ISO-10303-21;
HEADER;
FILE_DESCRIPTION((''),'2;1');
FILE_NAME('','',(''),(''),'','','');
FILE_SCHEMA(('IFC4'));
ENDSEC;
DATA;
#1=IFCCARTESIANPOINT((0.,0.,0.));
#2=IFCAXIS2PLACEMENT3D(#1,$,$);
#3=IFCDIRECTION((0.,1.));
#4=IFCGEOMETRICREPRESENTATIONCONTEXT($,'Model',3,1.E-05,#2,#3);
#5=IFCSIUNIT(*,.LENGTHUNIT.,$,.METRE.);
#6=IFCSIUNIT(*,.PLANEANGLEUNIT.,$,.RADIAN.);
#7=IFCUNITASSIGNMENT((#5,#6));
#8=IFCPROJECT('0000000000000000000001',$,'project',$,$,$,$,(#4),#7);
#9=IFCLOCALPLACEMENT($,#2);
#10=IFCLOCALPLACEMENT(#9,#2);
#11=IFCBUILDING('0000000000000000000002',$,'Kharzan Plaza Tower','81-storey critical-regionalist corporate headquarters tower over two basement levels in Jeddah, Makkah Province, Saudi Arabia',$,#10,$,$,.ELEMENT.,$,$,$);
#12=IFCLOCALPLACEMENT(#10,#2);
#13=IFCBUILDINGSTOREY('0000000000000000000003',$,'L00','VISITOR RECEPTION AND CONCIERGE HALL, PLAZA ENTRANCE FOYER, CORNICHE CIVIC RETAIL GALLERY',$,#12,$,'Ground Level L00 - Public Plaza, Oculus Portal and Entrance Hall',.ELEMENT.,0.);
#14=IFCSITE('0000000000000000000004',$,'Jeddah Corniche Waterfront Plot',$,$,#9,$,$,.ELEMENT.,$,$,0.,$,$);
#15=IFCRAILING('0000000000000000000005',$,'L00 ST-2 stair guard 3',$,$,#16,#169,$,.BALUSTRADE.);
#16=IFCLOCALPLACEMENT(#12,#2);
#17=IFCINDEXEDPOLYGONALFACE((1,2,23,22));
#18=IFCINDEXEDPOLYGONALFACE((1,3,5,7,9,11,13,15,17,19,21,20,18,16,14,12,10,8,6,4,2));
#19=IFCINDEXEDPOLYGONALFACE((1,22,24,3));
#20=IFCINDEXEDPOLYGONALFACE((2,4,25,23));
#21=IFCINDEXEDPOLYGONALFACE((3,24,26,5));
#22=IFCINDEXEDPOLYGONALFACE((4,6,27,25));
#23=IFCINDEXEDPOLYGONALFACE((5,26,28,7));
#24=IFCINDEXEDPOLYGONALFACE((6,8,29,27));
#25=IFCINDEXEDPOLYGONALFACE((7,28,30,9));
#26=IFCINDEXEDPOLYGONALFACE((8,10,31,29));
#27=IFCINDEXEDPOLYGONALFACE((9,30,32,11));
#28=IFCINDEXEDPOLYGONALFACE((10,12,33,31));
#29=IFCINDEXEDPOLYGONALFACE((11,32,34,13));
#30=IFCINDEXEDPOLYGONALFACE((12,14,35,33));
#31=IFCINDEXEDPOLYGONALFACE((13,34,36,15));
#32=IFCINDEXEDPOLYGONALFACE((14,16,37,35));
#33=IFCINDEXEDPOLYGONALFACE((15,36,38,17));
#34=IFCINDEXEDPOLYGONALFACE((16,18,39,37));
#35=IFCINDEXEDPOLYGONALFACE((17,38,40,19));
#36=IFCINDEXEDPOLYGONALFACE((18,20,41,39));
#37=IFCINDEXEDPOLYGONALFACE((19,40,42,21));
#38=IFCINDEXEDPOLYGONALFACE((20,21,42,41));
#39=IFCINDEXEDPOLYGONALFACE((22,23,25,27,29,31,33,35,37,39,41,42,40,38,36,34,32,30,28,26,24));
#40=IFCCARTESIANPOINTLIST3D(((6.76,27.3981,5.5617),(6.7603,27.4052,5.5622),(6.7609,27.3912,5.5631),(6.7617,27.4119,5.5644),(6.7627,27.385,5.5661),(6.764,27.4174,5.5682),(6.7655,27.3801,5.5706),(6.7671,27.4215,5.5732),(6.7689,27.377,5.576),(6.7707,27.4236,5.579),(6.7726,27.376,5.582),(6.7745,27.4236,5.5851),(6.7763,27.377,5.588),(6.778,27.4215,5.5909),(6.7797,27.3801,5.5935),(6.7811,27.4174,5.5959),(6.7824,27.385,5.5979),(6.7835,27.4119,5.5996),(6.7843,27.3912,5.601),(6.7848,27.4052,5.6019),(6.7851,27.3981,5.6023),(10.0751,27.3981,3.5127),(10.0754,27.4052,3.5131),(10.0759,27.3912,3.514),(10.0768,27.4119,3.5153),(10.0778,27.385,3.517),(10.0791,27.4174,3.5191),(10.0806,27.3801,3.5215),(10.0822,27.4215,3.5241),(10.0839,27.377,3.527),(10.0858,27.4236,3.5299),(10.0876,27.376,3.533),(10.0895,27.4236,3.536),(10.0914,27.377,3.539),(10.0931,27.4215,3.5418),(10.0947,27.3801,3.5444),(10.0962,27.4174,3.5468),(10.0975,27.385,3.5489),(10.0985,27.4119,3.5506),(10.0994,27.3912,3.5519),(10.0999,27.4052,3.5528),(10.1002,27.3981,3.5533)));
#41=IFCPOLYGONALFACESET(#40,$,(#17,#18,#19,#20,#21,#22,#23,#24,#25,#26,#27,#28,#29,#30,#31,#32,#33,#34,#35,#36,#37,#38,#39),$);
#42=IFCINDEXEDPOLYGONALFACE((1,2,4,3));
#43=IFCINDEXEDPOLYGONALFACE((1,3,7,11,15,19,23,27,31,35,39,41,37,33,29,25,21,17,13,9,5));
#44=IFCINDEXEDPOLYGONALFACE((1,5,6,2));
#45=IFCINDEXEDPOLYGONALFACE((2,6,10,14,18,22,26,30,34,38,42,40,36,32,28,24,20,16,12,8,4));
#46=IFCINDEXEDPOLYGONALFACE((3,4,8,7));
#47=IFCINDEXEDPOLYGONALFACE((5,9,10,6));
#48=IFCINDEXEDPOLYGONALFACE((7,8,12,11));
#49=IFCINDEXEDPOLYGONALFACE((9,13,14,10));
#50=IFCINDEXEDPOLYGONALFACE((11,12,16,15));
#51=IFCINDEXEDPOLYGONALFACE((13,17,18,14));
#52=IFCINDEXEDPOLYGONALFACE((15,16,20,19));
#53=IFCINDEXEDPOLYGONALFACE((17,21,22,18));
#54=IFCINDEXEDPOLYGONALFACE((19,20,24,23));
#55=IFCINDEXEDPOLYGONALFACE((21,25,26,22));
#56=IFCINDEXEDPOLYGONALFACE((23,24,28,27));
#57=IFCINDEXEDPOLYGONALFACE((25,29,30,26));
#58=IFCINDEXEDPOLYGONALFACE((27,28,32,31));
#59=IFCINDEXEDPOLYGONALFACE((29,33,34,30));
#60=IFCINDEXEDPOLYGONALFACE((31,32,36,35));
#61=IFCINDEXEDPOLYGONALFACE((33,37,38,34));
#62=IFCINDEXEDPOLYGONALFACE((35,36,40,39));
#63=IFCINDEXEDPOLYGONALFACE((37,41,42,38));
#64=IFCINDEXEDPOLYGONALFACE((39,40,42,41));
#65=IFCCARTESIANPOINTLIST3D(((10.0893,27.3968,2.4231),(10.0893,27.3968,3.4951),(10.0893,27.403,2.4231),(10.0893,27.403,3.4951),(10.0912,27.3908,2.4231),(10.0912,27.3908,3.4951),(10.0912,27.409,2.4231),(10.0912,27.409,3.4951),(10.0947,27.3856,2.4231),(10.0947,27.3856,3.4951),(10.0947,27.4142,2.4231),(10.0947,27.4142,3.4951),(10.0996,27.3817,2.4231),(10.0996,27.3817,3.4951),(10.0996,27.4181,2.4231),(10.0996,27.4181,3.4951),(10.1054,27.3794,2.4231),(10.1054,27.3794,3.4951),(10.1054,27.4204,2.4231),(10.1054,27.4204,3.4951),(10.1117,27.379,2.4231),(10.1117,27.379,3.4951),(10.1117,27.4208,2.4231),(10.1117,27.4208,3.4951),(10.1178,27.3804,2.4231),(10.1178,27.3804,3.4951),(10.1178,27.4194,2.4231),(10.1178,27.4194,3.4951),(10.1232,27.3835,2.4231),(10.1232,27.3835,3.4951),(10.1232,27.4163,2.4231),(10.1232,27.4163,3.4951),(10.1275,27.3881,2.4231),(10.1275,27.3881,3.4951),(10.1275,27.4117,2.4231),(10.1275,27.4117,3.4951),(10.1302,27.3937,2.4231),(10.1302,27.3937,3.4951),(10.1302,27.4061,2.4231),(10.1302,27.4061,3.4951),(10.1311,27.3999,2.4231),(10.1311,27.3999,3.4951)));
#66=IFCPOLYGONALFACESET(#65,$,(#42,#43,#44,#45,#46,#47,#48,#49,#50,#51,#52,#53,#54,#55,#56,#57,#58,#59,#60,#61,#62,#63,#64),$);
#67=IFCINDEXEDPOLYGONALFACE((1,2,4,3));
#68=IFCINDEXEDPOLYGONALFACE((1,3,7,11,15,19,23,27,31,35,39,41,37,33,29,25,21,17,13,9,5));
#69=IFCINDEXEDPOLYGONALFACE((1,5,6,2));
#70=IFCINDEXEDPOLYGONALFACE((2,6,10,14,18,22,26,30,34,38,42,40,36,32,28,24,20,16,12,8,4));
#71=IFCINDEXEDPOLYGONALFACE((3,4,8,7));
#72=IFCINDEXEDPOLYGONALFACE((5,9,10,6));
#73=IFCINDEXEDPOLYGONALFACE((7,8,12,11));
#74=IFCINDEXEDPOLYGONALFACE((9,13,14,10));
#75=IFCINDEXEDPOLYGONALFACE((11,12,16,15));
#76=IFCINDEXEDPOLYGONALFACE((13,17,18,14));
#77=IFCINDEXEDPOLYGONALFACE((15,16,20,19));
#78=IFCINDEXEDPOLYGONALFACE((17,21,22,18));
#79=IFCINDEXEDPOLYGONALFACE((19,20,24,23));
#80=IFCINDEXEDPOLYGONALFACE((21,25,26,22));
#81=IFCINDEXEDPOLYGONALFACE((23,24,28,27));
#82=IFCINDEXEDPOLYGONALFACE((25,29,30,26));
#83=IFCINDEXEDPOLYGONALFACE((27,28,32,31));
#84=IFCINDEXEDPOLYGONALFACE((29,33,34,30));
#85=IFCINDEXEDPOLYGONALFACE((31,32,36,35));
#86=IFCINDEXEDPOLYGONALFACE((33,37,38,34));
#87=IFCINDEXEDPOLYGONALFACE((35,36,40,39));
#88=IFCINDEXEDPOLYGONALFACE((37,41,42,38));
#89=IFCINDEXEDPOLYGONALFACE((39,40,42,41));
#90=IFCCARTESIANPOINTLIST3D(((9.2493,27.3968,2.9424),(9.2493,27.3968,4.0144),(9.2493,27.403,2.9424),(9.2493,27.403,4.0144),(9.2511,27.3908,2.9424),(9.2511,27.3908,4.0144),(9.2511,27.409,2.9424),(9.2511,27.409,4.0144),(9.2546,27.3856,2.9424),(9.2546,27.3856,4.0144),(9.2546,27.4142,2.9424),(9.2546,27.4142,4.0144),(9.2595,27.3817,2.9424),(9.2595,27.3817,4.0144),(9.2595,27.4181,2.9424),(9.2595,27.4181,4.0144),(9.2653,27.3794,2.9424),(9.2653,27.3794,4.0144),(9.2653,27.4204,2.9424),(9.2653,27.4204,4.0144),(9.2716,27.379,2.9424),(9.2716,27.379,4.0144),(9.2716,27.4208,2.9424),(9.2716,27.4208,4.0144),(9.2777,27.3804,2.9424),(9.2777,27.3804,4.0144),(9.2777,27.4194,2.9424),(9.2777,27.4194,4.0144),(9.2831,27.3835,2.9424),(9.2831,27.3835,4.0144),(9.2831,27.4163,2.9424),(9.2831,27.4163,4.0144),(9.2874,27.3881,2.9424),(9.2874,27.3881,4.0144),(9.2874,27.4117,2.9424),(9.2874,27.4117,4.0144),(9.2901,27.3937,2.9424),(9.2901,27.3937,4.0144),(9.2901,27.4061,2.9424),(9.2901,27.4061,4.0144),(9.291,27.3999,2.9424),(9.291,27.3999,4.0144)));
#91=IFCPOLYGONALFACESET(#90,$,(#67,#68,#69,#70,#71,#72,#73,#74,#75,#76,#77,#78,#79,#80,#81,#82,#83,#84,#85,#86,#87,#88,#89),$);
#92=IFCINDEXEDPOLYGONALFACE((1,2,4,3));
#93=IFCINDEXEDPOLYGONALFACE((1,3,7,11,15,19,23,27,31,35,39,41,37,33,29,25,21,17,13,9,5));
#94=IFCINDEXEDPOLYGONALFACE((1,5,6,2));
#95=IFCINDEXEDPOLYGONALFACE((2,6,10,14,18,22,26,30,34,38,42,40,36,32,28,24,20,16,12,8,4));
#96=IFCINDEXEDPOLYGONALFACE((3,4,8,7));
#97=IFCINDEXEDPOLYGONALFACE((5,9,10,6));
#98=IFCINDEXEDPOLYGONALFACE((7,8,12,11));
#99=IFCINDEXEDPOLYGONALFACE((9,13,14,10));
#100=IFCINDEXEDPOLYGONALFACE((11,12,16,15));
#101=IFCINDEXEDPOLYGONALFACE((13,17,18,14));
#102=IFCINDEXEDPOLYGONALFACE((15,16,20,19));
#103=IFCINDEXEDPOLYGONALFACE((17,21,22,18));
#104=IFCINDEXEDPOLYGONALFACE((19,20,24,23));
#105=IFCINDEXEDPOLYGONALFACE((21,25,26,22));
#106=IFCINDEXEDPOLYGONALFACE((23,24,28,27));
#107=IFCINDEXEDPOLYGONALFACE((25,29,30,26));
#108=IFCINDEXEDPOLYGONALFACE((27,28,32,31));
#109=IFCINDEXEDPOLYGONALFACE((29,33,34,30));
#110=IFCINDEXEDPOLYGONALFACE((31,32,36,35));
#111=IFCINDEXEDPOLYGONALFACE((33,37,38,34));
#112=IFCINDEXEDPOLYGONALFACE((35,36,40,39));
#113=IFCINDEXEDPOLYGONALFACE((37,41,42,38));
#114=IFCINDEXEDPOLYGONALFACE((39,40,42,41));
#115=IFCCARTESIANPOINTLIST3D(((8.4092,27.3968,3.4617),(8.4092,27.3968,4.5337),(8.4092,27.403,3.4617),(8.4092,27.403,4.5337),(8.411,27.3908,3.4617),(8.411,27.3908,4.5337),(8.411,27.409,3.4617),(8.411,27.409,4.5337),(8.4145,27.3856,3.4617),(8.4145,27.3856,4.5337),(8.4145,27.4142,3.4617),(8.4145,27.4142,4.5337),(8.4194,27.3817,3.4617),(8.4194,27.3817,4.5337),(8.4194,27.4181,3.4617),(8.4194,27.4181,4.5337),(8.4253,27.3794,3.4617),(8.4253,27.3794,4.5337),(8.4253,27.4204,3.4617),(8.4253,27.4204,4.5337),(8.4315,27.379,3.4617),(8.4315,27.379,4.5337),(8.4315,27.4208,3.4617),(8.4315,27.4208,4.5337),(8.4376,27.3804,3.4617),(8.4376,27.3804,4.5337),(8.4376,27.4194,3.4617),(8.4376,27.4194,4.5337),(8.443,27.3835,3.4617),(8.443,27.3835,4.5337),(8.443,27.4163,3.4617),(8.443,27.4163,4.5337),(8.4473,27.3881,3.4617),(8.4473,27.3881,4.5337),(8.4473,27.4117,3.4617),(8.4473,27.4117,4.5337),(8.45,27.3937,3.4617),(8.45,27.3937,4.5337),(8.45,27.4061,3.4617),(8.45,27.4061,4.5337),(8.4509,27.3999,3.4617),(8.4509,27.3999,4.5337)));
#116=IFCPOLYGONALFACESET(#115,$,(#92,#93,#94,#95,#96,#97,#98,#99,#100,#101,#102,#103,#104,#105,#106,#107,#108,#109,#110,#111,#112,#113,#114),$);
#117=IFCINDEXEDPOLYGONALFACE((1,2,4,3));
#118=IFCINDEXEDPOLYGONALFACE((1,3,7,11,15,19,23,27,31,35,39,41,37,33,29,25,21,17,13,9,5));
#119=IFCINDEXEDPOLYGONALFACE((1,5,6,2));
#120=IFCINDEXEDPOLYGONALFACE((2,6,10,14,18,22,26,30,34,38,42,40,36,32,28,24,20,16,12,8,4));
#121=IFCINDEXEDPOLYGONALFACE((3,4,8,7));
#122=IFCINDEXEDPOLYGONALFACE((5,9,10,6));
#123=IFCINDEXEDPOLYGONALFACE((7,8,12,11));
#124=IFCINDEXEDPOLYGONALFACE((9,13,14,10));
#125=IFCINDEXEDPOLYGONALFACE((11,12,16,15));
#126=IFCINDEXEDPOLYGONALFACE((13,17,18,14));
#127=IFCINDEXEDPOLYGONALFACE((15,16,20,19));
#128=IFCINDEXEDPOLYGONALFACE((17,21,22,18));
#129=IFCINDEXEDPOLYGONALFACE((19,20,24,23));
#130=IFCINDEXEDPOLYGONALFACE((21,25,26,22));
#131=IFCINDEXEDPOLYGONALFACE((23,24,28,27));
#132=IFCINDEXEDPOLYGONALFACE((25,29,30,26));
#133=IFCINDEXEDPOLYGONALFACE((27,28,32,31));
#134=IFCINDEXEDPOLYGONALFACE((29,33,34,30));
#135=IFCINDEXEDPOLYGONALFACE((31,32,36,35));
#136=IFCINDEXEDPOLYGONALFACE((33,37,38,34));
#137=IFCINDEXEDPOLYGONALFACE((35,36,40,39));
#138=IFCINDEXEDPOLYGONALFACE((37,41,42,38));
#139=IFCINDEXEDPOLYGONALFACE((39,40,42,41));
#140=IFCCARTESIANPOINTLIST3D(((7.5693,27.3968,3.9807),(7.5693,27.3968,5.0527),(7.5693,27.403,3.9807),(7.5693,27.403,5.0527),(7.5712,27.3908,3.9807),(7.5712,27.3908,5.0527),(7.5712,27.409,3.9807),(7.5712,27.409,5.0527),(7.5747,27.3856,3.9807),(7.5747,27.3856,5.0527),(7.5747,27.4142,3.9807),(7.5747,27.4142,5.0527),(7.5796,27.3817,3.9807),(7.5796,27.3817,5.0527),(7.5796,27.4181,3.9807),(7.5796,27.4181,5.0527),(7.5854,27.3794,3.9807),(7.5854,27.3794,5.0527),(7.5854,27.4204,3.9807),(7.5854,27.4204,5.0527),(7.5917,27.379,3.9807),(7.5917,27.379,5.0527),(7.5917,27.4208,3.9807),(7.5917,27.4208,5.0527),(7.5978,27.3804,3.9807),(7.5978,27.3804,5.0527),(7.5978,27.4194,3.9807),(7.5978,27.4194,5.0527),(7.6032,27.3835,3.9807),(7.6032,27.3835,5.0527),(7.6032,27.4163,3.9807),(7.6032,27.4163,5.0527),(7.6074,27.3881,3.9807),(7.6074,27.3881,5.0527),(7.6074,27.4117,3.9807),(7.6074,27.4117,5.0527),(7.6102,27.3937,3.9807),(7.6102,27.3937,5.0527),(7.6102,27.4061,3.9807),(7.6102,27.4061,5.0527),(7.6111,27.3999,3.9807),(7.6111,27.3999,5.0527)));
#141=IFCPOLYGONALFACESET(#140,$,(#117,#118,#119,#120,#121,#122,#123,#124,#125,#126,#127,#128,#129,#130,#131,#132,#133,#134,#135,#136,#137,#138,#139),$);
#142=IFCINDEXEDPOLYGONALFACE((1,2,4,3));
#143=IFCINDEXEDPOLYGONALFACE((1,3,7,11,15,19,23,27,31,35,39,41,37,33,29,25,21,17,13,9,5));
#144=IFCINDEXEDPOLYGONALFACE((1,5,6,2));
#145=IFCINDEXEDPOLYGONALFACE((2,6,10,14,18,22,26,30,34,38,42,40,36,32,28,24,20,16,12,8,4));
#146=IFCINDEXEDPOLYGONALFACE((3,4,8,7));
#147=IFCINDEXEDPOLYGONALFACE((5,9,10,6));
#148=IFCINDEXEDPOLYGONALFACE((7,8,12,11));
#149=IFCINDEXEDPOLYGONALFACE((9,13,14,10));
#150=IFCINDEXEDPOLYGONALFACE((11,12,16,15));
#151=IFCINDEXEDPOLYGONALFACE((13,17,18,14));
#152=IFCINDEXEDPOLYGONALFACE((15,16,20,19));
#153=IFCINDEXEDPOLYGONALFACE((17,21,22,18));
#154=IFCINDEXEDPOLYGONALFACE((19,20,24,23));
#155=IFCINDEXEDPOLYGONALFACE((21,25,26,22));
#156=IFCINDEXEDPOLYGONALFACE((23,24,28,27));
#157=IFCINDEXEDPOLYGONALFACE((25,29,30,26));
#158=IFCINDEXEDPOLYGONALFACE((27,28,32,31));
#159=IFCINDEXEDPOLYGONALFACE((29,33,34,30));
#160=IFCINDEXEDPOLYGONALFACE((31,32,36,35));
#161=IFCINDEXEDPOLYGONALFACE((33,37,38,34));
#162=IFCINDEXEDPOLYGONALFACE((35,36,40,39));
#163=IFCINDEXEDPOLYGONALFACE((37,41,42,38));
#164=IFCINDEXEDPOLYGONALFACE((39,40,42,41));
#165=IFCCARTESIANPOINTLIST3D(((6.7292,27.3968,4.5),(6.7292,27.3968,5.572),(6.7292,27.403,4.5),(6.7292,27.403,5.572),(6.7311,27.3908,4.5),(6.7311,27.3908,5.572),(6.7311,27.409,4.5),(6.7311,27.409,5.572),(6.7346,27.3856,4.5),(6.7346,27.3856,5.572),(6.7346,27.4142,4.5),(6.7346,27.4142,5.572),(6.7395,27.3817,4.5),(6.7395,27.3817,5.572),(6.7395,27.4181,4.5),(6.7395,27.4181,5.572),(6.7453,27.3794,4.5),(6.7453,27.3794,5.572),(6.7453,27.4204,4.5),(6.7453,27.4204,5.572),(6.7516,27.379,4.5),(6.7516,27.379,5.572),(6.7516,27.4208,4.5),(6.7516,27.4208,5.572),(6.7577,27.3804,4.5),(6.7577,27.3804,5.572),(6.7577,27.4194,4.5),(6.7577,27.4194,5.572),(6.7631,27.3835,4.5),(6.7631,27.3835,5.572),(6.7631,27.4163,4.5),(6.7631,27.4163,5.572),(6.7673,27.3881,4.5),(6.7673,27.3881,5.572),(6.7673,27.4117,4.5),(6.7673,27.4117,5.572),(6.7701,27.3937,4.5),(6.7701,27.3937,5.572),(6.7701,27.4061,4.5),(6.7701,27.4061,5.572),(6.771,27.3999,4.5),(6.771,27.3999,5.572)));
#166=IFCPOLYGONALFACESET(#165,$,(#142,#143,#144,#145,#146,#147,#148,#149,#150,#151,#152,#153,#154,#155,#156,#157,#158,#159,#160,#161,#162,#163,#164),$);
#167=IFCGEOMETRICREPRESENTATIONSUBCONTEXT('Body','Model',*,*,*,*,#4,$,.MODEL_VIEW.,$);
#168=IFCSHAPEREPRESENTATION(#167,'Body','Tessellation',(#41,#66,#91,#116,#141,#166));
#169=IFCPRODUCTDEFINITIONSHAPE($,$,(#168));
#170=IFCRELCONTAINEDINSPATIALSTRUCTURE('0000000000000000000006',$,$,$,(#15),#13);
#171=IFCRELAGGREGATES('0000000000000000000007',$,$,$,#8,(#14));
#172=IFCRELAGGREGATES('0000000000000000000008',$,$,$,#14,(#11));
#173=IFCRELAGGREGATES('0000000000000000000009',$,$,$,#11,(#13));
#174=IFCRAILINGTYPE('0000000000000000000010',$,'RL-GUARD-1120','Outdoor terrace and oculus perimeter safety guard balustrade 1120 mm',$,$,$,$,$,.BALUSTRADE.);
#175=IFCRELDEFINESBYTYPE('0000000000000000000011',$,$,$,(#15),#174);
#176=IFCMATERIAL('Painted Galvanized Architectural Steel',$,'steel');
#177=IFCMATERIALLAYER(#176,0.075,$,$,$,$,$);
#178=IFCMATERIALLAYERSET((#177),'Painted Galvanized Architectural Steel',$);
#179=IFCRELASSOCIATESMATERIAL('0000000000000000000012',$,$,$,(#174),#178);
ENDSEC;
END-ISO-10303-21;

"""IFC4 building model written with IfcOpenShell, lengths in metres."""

from ifc_helpers import new_model, si_unit, direction, frame, origin, origin_2d, place, context, subcontext, project, spatial, circle, extrude, source, transform, mapped, material, layer, layer_set, type_object, element, save


model = new_model("IFC4")

# Units and contexts
model_context = context("Model", 3, precision=1e-05, world=origin(), true_north=direction((0.0, 1.0)))
body_context = subcontext(model_context, "Body", "Model", "MODEL_VIEW")
ifc_project = project(units=[si_unit("LENGTHUNIT", "METRE"), si_unit("PLANEANGLEUNIT", "RADIAN")], contexts=[model_context])

# Site, building, storey
site_placement = place(None, origin())
site = spatial("IfcSite", under=ifc_project, at=site_placement, Name="Jeddah Corniche Waterfront Plot", CompositionType="ELEMENT", RefElevation=0.0)
building_placement = place(site_placement, origin())
building = spatial("IfcBuilding", under=site, at=building_placement, Name="Kharzan Plaza Tower", Description="81-storey critical-regionalist corporate headquarters tower over two basement levels in Jeddah, Makkah Province, Saudi Arabia", CompositionType="ELEMENT")
storey_placement = place(building_placement, origin())
storey = spatial("IfcBuildingStorey", under=building, at=storey_placement, Name="L00", Description="VISITOR RECEPTION AND CONCIERGE HALL, PLAZA ENTRANCE FOYER, CORNICHE CIVIC RETAIL GALLERY", LongName="Ground Level L00 - Public Plaza, Oculus Portal and Entrance Hall", CompositionType="ELEMENT", Elevation=0.0)

# Railing
ifc_material_1 = material(Name="Painted Galvanized Architectural Steel", Category="steel")
ifc_layer_1 = layer(ifc_material_1, 0.075)
ifc_layer_set_1 = layer_set([ifc_layer_1], Name="Painted Galvanized Architectural Steel")
railing_type_1 = type_object("IfcRailingType", Name="RL-GUARD-1120", Description="Outdoor terrace and oculus perimeter safety guard balustrade 1120 mm", PredefinedType="BALUSTRADE", material=ifc_layer_set_1)
shared_shape_1 = source(origin(), body_context, "Body", "SweptSolid", [
    extrude(circle(Radius=0.0239, at=origin_2d()), frame((-0.0225, 0.0, 1.1099), z_axis=(-0.850623, 0.0, 0.525776), x_axis=(0.0, -1.0, 0.0)), (0.0, 0.0, 1.0), 3.8972),
    extrude(circle(Radius=0.021, at=origin_2d()), origin(), (0.0, 0.0, 1.0), 1.072),
    extrude(circle(Radius=0.021, at=origin_2d()), frame((-0.8401, 0.0, 0.5193)), (0.0, 0.0, 1.0), 1.072),
    extrude(circle(Radius=0.021, at=origin_2d()), frame((-1.6802, 0.0, 1.0386)), (0.0, 0.0, 1.0), 1.072),
    extrude(circle(Radius=0.021, at=origin_2d()), frame((-2.52, 0.0, 1.5576)), (0.0, 0.0, 1.0), 1.072),
    extrude(circle(Radius=0.021, at=origin_2d()), frame((-3.3601, 0.0, 2.0769)), (0.0, 0.0, 1.0), 1.072),
])
railing_1_placement = place(storey_placement, frame((10.1101, 27.3999, 2.4231)))
element("IfcRailing", 1, at=railing_1_placement, inside=storey, type_object=railing_type_1, Name="L00 ST-2 stair guard 3", PredefinedType="BALUSTRADE", context=body_context, shape_type="MappedRepresentation", body=[
    mapped(shared_shape_1, transform((0.0, 0.0, 0.0), x_axis=(1.0, 0.0, 0.0), y_axis=(0.0, 1.0, 0.0), z_axis=(0.0, 0.0, 1.0))),
])

save(model, "model.ifc")
